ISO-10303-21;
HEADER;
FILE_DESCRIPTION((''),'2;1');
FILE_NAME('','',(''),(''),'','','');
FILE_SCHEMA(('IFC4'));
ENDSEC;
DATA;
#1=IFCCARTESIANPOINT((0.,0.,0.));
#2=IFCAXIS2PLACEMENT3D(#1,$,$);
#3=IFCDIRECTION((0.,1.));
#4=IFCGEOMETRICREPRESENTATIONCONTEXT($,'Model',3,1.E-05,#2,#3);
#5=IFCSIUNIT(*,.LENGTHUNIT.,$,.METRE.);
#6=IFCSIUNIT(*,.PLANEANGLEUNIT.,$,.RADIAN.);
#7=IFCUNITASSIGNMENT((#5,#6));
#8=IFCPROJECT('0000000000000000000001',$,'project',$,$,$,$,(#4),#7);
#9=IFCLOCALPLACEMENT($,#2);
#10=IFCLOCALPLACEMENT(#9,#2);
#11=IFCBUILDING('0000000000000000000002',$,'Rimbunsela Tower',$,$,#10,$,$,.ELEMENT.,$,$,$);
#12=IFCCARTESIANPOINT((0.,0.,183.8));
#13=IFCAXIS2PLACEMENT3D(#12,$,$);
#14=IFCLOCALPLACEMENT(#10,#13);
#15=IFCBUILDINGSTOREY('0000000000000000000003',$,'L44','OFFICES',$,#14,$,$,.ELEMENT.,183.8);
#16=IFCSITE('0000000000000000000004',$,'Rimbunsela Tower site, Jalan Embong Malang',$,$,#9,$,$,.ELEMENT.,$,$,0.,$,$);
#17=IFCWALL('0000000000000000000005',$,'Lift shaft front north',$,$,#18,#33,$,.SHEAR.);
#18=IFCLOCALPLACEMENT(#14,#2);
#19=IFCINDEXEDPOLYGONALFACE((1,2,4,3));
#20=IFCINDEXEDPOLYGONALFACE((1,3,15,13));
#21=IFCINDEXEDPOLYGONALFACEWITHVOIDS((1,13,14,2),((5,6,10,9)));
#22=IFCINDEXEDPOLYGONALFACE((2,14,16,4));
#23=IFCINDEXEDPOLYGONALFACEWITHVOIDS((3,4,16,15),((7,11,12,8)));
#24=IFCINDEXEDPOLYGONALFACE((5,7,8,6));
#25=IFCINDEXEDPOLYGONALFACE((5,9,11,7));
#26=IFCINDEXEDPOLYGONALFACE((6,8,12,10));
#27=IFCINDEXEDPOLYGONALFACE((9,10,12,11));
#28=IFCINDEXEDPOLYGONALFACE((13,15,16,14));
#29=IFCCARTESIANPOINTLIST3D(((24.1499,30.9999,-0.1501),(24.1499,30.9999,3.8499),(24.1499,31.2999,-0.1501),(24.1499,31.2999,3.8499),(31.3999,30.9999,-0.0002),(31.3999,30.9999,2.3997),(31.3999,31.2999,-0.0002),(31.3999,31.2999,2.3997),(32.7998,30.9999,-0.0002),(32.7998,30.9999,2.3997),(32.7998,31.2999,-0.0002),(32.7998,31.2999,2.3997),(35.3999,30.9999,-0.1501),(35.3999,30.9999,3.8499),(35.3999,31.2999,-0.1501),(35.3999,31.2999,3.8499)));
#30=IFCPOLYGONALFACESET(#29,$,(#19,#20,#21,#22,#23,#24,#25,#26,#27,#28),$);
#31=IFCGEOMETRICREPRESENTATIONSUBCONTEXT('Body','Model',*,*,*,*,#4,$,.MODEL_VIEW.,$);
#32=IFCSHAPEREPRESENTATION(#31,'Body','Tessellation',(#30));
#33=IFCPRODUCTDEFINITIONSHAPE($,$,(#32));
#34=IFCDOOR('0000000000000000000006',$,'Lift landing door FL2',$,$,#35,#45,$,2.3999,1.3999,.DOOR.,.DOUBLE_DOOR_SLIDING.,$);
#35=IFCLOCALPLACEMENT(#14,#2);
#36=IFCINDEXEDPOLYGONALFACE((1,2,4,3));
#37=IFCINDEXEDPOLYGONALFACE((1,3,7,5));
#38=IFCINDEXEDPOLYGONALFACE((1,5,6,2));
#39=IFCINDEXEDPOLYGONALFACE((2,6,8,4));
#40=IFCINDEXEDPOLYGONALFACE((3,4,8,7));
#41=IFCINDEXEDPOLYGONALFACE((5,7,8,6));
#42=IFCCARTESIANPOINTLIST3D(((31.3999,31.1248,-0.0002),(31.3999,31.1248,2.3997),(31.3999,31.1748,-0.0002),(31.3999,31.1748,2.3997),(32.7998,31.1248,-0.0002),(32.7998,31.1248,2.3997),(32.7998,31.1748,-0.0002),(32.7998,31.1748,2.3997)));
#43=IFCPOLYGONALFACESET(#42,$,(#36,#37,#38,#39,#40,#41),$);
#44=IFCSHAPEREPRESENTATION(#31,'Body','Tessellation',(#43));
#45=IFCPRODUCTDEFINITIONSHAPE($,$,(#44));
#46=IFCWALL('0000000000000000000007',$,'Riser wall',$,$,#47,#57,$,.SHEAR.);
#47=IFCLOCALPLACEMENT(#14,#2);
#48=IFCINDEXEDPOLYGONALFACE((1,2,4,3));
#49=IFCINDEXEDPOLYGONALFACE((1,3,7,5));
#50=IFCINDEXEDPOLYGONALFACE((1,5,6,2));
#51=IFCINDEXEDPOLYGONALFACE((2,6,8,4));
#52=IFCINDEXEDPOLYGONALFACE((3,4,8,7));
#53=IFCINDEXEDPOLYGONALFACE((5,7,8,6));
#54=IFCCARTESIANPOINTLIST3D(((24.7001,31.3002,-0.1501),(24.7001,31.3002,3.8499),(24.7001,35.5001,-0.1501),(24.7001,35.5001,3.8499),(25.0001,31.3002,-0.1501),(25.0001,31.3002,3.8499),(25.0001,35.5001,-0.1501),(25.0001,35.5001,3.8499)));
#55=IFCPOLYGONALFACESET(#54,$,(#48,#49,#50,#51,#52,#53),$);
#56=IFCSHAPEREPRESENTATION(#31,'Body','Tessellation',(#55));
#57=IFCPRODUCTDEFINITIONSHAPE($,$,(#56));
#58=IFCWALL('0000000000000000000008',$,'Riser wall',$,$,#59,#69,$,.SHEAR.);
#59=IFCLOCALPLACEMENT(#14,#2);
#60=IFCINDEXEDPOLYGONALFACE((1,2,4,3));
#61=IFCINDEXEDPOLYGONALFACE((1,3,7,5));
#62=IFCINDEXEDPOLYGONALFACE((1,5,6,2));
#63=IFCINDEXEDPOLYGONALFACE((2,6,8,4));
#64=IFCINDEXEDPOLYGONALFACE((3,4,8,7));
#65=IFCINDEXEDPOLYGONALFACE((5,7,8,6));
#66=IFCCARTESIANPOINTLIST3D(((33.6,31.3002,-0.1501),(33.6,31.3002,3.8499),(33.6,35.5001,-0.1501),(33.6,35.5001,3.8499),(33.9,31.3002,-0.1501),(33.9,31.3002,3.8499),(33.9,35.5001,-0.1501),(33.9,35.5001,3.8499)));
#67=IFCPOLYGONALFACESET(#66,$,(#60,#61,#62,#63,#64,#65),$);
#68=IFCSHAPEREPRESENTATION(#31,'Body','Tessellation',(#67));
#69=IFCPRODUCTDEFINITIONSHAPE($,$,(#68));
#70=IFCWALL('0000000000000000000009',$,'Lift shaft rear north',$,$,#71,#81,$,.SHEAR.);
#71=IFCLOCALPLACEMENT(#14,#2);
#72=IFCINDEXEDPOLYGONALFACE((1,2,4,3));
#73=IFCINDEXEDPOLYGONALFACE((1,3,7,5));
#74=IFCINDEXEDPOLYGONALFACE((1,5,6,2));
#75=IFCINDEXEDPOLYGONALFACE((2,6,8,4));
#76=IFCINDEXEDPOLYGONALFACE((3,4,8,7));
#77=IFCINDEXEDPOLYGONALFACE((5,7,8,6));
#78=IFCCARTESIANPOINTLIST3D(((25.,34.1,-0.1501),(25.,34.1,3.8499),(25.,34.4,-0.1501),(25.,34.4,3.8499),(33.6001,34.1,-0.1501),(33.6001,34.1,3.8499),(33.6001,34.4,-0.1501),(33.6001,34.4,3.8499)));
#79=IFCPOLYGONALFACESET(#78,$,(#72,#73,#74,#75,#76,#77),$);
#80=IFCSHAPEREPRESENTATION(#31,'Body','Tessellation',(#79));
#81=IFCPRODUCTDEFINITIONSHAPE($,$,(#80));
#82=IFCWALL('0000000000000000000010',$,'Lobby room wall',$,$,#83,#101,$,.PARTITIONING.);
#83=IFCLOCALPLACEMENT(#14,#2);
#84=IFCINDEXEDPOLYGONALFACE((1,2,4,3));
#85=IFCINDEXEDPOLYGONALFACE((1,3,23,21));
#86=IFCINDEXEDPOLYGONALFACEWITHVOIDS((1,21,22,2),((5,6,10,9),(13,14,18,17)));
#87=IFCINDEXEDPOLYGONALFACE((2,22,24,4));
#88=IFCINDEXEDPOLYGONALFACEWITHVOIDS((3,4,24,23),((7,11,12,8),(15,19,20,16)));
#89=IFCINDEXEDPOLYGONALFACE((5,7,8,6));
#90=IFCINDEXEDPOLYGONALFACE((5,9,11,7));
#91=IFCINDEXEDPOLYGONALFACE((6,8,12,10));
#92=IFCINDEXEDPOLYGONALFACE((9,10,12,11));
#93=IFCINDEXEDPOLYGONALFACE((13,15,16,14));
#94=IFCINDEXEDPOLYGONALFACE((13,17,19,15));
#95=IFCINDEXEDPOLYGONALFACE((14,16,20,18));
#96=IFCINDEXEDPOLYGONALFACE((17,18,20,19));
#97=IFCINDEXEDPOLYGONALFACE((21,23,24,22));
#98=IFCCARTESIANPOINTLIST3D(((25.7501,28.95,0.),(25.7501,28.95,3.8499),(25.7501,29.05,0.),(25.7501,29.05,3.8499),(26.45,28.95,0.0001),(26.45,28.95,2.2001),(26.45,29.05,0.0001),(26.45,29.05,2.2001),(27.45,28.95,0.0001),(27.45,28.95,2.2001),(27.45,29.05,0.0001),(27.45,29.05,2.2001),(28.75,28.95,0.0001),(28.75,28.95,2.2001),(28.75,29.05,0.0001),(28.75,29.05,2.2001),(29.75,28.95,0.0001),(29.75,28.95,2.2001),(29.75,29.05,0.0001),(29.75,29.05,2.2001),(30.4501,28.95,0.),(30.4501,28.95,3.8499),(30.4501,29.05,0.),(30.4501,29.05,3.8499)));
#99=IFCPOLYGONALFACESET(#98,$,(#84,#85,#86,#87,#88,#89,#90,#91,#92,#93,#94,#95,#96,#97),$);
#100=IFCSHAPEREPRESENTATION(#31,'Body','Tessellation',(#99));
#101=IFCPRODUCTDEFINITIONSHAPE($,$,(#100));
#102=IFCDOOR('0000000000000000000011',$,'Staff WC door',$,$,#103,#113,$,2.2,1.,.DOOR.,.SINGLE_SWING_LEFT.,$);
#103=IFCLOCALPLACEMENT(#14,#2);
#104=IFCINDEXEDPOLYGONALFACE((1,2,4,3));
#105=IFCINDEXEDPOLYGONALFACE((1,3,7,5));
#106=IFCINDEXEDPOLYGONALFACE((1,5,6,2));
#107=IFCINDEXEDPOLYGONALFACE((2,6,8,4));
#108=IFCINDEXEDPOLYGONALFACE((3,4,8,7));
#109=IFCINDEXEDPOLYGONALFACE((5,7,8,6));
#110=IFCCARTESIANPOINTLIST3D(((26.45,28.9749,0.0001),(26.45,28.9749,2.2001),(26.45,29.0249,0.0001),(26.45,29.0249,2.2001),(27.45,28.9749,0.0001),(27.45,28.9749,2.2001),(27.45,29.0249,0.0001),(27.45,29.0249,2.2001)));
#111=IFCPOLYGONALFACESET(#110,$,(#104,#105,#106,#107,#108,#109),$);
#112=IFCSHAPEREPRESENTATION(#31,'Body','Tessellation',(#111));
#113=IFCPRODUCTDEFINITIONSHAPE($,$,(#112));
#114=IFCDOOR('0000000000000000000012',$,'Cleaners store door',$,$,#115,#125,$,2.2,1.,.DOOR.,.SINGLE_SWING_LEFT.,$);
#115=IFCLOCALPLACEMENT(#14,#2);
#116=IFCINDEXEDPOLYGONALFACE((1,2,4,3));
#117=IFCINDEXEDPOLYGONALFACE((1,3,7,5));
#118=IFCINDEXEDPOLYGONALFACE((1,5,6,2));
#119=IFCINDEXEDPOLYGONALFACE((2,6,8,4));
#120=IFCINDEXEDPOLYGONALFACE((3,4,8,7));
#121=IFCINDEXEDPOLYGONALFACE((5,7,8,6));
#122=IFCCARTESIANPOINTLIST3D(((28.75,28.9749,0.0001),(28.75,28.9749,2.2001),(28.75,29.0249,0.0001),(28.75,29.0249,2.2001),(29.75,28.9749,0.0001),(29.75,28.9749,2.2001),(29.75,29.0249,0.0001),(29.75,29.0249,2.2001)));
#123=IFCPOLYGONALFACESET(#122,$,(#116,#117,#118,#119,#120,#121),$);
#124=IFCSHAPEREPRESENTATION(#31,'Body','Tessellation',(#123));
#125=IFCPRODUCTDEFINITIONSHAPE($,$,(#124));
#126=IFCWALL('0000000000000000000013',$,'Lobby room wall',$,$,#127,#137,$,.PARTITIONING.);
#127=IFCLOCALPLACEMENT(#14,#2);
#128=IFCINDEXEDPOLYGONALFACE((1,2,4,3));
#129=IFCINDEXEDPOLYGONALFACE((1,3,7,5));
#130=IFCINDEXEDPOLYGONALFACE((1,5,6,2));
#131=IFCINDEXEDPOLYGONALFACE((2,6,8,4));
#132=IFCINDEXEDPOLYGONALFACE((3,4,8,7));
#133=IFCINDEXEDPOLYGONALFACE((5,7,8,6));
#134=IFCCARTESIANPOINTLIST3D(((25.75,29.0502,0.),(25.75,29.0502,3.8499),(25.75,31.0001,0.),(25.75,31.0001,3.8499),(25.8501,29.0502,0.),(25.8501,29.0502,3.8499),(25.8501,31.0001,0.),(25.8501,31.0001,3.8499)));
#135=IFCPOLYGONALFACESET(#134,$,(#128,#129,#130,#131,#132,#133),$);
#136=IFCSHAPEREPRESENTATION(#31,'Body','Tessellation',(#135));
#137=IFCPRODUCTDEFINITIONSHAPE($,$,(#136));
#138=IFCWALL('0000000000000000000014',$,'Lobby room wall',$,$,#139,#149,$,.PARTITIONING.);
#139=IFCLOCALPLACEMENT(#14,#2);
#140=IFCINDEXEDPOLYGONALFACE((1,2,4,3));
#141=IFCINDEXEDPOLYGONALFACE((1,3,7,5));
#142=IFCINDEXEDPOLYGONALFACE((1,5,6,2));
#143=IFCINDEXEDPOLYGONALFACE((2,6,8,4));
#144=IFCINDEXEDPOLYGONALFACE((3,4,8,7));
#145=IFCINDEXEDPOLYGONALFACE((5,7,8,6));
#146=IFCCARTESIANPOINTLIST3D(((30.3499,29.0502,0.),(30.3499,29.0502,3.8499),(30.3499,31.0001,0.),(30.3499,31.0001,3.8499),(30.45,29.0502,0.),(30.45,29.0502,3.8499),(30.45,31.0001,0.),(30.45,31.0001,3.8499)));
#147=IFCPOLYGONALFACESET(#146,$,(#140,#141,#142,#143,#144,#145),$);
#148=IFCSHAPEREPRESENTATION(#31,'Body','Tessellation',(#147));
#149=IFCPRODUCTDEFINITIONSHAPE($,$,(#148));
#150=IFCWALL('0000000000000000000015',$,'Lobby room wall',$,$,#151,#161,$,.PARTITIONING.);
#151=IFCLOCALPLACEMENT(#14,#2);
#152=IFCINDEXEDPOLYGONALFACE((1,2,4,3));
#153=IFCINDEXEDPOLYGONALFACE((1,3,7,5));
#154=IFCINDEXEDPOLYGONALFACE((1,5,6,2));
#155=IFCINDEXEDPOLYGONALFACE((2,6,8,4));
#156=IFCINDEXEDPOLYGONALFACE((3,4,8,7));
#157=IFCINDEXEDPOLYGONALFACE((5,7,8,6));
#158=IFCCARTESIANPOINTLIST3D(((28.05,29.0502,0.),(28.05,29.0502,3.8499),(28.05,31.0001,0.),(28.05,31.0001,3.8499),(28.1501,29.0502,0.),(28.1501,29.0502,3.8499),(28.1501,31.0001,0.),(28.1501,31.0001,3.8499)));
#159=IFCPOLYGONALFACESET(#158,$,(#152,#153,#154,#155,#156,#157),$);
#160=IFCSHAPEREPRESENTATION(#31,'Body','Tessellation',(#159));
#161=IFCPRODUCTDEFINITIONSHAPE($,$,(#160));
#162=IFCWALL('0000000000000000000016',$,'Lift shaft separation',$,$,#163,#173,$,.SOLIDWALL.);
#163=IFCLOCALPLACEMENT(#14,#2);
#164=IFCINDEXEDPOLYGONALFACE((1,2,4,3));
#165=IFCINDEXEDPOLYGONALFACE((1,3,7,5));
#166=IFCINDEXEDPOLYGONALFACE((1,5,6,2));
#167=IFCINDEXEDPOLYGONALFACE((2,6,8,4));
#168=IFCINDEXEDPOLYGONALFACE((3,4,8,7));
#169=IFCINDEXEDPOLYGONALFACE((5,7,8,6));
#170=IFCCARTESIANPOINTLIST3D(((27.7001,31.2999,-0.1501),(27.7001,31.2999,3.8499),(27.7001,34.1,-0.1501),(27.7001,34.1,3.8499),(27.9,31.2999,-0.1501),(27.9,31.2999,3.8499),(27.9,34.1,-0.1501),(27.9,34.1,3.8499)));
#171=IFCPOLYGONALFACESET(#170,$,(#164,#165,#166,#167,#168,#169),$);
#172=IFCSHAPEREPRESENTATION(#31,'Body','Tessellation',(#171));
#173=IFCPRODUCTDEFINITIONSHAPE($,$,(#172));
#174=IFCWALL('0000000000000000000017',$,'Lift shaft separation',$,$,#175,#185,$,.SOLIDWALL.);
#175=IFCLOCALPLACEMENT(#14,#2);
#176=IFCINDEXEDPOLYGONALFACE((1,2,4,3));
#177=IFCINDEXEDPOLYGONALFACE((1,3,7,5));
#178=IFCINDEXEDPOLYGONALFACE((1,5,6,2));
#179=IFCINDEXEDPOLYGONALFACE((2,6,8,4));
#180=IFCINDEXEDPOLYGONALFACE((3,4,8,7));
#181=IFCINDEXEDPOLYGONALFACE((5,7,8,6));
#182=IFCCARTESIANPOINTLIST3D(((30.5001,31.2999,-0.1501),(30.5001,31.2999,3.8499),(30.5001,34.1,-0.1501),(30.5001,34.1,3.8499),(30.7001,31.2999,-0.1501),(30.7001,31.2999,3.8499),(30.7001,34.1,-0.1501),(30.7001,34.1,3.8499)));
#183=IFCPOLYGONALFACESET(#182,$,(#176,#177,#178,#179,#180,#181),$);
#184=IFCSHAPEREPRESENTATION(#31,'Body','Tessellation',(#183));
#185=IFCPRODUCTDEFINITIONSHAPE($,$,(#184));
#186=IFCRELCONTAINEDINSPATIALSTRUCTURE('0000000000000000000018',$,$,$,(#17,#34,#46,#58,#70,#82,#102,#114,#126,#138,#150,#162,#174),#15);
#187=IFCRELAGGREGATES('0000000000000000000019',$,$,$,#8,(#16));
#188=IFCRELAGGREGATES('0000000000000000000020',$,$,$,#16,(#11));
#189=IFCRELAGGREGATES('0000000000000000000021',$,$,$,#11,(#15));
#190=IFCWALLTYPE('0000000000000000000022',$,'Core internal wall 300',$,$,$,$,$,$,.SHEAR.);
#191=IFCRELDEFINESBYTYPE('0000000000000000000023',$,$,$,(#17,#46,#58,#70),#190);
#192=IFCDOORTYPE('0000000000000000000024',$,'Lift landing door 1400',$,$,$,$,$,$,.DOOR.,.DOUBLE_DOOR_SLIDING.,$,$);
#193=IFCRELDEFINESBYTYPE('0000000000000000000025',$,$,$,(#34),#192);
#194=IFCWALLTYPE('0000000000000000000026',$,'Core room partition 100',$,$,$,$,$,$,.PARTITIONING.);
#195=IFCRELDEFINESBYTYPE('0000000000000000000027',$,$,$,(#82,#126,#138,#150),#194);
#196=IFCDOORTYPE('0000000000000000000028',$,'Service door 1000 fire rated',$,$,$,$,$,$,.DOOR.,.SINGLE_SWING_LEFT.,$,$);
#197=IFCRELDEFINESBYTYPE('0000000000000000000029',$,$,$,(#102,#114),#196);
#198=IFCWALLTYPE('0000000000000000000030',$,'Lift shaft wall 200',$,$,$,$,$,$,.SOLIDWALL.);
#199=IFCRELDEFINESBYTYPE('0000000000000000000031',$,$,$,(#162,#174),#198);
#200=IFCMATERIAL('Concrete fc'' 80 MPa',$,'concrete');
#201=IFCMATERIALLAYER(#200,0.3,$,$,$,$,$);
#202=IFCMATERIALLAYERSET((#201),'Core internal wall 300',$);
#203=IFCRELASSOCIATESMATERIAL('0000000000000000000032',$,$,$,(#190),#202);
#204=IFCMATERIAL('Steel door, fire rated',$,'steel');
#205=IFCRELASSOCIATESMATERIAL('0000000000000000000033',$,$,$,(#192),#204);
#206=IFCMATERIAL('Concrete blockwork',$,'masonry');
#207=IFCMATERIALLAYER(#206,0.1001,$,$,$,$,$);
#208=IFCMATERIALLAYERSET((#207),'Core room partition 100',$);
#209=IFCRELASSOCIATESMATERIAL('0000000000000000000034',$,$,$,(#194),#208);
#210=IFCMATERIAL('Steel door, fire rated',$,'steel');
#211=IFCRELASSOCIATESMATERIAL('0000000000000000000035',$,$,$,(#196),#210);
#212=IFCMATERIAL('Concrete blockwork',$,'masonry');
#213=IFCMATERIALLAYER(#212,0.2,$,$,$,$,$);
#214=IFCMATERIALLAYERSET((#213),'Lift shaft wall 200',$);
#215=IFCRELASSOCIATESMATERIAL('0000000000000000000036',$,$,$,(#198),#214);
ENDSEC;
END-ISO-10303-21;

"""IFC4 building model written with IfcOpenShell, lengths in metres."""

from ifc_helpers import new_model, si_unit, direction, frame, frame_2d, origin, place, context, subcontext, project, spatial, rectangle, extrude, material, layer, layer_set, type_object, element, fill, save


model = new_model("IFC4")

# Units and contexts
model_context = context("Model", 3, precision=1e-05, world=origin(), true_north=direction((0.0, 1.0)))
body_context = subcontext(model_context, "Body", "Model", "MODEL_VIEW")
ifc_project = project(units=[si_unit("LENGTHUNIT", "METRE"), si_unit("PLANEANGLEUNIT", "RADIAN")], contexts=[model_context])

# Site, building, storey
site_placement = place(None, origin())
site = spatial("IfcSite", under=ifc_project, at=site_placement, Name="Rimbunsela Tower site, Jalan Embong Malang", CompositionType="ELEMENT", RefElevation=0.0)
building_placement = place(site_placement, origin())
building = spatial("IfcBuilding", under=site, at=building_placement, Name="Rimbunsela Tower", CompositionType="ELEMENT")
storey_placement = place(building_placement, frame((0.0, 0.0, 183.8)))
storey = spatial("IfcBuildingStorey", under=building, at=storey_placement, Name="L44", Description="OFFICES", CompositionType="ELEMENT", Elevation=183.8)

# Wall, opening, door
ifc_material_1 = material(Name="Concrete fc' 80 MPa", Category="concrete")
ifc_layer_1 = layer(ifc_material_1, 0.3)
ifc_layer_set_1 = layer_set([ifc_layer_1], Name="Core internal wall 300")
wall_type_1 = type_object("IfcWallType", Name="Core internal wall 300", PredefinedType="SHEAR", material=ifc_layer_set_1)
wall_1_placement = place(storey_placement, frame((24.1499, 31.1499, -0.1501), z_axis=(0.0, 0.0, 1.0), x_axis=(1.0, 0.0, 0.0)))
wall_1 = element("IfcWall", 1, at=wall_1_placement, inside=storey, type_object=wall_type_1, Name="Lift shaft front north", PredefinedType="SHEAR", context=body_context, shape_type="SweptSolid", body=[
    extrude(rectangle(XDim=11.25, YDim=0.3, at=frame_2d((5.625, 0.0))), origin(), (0.0, 0.0, 1.0), 4.0),
])
opening_1_placement = place(wall_1_placement, frame((7.25, 0.0, 0.1499)))
opening_1 = element("IfcOpeningElement", 2, at=opening_1_placement, cuts=wall_1, PredefinedType="OPENING", context=body_context, shape_type="SweptSolid", body=[
    extrude(rectangle(XDim=1.3999, YDim=2.3999, at=frame_2d((0.7, 1.2))), frame((0.0, 0.1599, 0.0), z_axis=(0.0, -1.0, 0.0), x_axis=(1.0, 0.0, 0.0)), (0.0, 0.0, 1.0), 0.3201),
])
ifc_material_2 = material(Name="Steel door, fire rated", Category="steel")
door_type_1 = type_object("IfcDoorType", Name="Lift landing door 1400", OperationType="DOUBLE_DOOR_SLIDING", PredefinedType="DOOR", material=ifc_material_2)
door_1_placement = place(opening_1_placement, origin())
door_1 = element("IfcDoor", 3, at=door_1_placement, inside=storey, type_object=door_type_1, Name="Lift landing door FL2", OperationType="DOUBLE_DOOR_SLIDING", OverallHeight=2.3999, OverallWidth=1.3999, PredefinedType="DOOR", context=body_context, shape_type="SweptSolid", body=[
    extrude(rectangle(XDim=1.3999, YDim=2.3999, at=frame_2d((0.7, 1.2))), frame((0.0, 0.0249, 0.0), z_axis=(0.0, -1.0, 0.0), x_axis=(1.0, 0.0, 0.0)), (0.0, 0.0, 1.0), 0.05),
])
fill(opening_1, door_1)

# Walls
for number, where, z_axis, x_axis, name in (
    (4, (24.8501, 31.3, -0.1501), (0.0, 0.0, 1.0), (0.0, 1.0, 0.0), "Riser wall"),
    (5, (33.75, 31.3, -0.1501), (0.0, 0.0, 1.0), (0.0, 1.0, 0.0), "Riser wall"),
):
    element("IfcWall", number, at=place(storey_placement, frame(where, z_axis=z_axis, x_axis=x_axis)), inside=storey, type_object=wall_type_1, Name=name, PredefinedType="SHEAR", context=body_context, shape_type="SweptSolid", body=[
        extrude(rectangle(XDim=4.2, YDim=0.3, at=frame_2d((2.1001, 0.0))), origin(), (0.0, 0.0, 1.0), 4.0),
    ])
wall_2_placement = place(storey_placement, frame((25.0, 34.25, -0.1501), z_axis=(0.0, 0.0, 1.0), x_axis=(1.0, 0.0, 0.0)))
element("IfcWall", 6, at=wall_2_placement, inside=storey, type_object=wall_type_1, Name="Lift shaft rear north", PredefinedType="SHEAR", context=body_context, shape_type="SweptSolid", body=[
    extrude(rectangle(XDim=8.6001, YDim=0.3, at=frame_2d((4.3, 0.0))), origin(), (0.0, 0.0, 1.0), 4.0),
])

# Wall, openings, doors
ifc_material_3 = material(Name="Concrete blockwork", Category="masonry")
ifc_layer_2 = layer(ifc_material_3, 0.1001)
ifc_layer_set_2 = layer_set([ifc_layer_2], Name="Core room partition 100")
wall_type_2 = type_object("IfcWallType", Name="Core room partition 100", PredefinedType="PARTITIONING", material=ifc_layer_set_2)
wall_3_placement = place(storey_placement, frame((25.75, 29.0, 0.0), z_axis=(0.0, 0.0, 1.0), x_axis=(1.0, 0.0, 0.0)))
wall_3 = element("IfcWall", 7, at=wall_3_placement, inside=storey, type_object=wall_type_2, Name="Lobby room wall", PredefinedType="PARTITIONING", context=body_context, shape_type="SweptSolid", body=[
    extrude(rectangle(XDim=4.7, YDim=0.1001, at=frame_2d((2.3501, 0.0))), origin(), (0.0, 0.0, 1.0), 3.8499),
])
opening_2_placement = place(wall_3_placement, frame((0.7, 0.0, 0.0)))
opening_2 = element("IfcOpeningElement", 8, at=opening_2_placement, cuts=wall_3, PredefinedType="OPENING", context=body_context, shape_type="SweptSolid", body=[
    extrude(rectangle(XDim=1.0, YDim=2.2, at=frame_2d((0.5, 1.1001))), frame((0.0, 0.0601, 0.0), z_axis=(0.0, -1.0, 0.0), x_axis=(1.0, 0.0, 0.0)), (0.0, 0.0, 1.0), 0.1201),
])
opening_3_placement = place(wall_3_placement, frame((3.0, 0.0, 0.0)))
opening_3 = element("IfcOpeningElement", 9, at=opening_3_placement, cuts=wall_3, PredefinedType="OPENING", context=body_context, shape_type="SweptSolid", body=[
    extrude(rectangle(XDim=1.0, YDim=2.2, at=frame_2d((0.5, 1.1001))), frame((0.0, 0.0601, 0.0), z_axis=(0.0, -1.0, 0.0), x_axis=(1.0, 0.0, 0.0)), (0.0, 0.0, 1.0), 0.1201),
])
ifc_material_4 = material(Name="Steel door, fire rated", Category="steel")
door_type_2 = type_object("IfcDoorType", Name="Service door 1000 fire rated", OperationType="SINGLE_SWING_LEFT", PredefinedType="DOOR", material=ifc_material_4)
door_2_placement = place(opening_2_placement, origin())
door_2 = element("IfcDoor", 10, at=door_2_placement, inside=storey, type_object=door_type_2, Name="Staff WC door", OperationType="SINGLE_SWING_LEFT", OverallHeight=2.2, OverallWidth=1.0, PredefinedType="DOOR", context=body_context, shape_type="SweptSolid", body=[
    extrude(rectangle(XDim=1.0, YDim=2.2, at=frame_2d((0.5, 1.1001))), frame((0.0, 0.0249, 0.0), z_axis=(0.0, -1.0, 0.0), x_axis=(1.0, 0.0, 0.0)), (0.0, 0.0, 1.0), 0.05),
])
fill(opening_2, door_2)
door_3_placement = place(opening_3_placement, origin())
door_3 = element("IfcDoor", 11, at=door_3_placement, inside=storey, type_object=door_type_2, Name="Cleaners store door", OperationType="SINGLE_SWING_LEFT", OverallHeight=2.2, OverallWidth=1.0, PredefinedType="DOOR", context=body_context, shape_type="SweptSolid", body=[
    extrude(rectangle(XDim=1.0, YDim=2.2, at=frame_2d((0.5, 1.1001))), frame((0.0, 0.0249, 0.0), z_axis=(0.0, -1.0, 0.0), x_axis=(1.0, 0.0, 0.0)), (0.0, 0.0, 1.0), 0.05),
])
fill(opening_3, door_3)

# Walls
for number, where, z_axis, x_axis, name in (
    (12, (25.8, 29.05, 0.0), (0.0, 0.0, 1.0), (0.0, 1.0, 0.0), "Lobby room wall"),
    (13, (30.3999, 29.05, 0.0), (0.0, 0.0, 1.0), (0.0, 1.0, 0.0), "Lobby room wall"),
    (14, (28.1001, 29.05, 0.0), (0.0, 0.0, 1.0), (0.0, 1.0, 0.0), "Lobby room wall"),
):
    element("IfcWall", number, at=place(storey_placement, frame(where, z_axis=z_axis, x_axis=x_axis)), inside=storey, type_object=wall_type_2, Name=name, PredefinedType="PARTITIONING", context=body_context, shape_type="SweptSolid", body=[
        extrude(rectangle(XDim=1.95, YDim=0.1001, at=frame_2d((0.9751, 0.0))), origin(), (0.0, 0.0, 1.0), 3.8499),
    ])
ifc_material_5 = material(Name="Concrete blockwork", Category="masonry")
ifc_layer_3 = layer(ifc_material_5, 0.2)
ifc_layer_set_3 = layer_set([ifc_layer_3], Name="Lift shaft wall 200")
wall_type_3 = type_object("IfcWallType", Name="Lift shaft wall 200", PredefinedType="SOLIDWALL", material=ifc_layer_set_3)
for number, where, z_axis, x_axis, name in (
    (15, (27.8, 31.3, -0.1501), (0.0, 0.0, 1.0), (0.0, 1.0, 0.0), "Lift shaft separation"),
    (16, (30.6001, 31.3, -0.1501), (0.0, 0.0, 1.0), (0.0, 1.0, 0.0), "Lift shaft separation"),
):
    element("IfcWall", number, at=place(storey_placement, frame(where, z_axis=z_axis, x_axis=x_axis)), inside=storey, type_object=wall_type_3, Name=name, PredefinedType="SOLIDWALL", context=body_context, shape_type="SweptSolid", body=[
        extrude(rectangle(XDim=2.8, YDim=0.2, at=frame_2d((1.3999, 0.0))), origin(), (0.0, 0.0, 1.0), 4.0),
    ])

save(model, "model.ifc")
